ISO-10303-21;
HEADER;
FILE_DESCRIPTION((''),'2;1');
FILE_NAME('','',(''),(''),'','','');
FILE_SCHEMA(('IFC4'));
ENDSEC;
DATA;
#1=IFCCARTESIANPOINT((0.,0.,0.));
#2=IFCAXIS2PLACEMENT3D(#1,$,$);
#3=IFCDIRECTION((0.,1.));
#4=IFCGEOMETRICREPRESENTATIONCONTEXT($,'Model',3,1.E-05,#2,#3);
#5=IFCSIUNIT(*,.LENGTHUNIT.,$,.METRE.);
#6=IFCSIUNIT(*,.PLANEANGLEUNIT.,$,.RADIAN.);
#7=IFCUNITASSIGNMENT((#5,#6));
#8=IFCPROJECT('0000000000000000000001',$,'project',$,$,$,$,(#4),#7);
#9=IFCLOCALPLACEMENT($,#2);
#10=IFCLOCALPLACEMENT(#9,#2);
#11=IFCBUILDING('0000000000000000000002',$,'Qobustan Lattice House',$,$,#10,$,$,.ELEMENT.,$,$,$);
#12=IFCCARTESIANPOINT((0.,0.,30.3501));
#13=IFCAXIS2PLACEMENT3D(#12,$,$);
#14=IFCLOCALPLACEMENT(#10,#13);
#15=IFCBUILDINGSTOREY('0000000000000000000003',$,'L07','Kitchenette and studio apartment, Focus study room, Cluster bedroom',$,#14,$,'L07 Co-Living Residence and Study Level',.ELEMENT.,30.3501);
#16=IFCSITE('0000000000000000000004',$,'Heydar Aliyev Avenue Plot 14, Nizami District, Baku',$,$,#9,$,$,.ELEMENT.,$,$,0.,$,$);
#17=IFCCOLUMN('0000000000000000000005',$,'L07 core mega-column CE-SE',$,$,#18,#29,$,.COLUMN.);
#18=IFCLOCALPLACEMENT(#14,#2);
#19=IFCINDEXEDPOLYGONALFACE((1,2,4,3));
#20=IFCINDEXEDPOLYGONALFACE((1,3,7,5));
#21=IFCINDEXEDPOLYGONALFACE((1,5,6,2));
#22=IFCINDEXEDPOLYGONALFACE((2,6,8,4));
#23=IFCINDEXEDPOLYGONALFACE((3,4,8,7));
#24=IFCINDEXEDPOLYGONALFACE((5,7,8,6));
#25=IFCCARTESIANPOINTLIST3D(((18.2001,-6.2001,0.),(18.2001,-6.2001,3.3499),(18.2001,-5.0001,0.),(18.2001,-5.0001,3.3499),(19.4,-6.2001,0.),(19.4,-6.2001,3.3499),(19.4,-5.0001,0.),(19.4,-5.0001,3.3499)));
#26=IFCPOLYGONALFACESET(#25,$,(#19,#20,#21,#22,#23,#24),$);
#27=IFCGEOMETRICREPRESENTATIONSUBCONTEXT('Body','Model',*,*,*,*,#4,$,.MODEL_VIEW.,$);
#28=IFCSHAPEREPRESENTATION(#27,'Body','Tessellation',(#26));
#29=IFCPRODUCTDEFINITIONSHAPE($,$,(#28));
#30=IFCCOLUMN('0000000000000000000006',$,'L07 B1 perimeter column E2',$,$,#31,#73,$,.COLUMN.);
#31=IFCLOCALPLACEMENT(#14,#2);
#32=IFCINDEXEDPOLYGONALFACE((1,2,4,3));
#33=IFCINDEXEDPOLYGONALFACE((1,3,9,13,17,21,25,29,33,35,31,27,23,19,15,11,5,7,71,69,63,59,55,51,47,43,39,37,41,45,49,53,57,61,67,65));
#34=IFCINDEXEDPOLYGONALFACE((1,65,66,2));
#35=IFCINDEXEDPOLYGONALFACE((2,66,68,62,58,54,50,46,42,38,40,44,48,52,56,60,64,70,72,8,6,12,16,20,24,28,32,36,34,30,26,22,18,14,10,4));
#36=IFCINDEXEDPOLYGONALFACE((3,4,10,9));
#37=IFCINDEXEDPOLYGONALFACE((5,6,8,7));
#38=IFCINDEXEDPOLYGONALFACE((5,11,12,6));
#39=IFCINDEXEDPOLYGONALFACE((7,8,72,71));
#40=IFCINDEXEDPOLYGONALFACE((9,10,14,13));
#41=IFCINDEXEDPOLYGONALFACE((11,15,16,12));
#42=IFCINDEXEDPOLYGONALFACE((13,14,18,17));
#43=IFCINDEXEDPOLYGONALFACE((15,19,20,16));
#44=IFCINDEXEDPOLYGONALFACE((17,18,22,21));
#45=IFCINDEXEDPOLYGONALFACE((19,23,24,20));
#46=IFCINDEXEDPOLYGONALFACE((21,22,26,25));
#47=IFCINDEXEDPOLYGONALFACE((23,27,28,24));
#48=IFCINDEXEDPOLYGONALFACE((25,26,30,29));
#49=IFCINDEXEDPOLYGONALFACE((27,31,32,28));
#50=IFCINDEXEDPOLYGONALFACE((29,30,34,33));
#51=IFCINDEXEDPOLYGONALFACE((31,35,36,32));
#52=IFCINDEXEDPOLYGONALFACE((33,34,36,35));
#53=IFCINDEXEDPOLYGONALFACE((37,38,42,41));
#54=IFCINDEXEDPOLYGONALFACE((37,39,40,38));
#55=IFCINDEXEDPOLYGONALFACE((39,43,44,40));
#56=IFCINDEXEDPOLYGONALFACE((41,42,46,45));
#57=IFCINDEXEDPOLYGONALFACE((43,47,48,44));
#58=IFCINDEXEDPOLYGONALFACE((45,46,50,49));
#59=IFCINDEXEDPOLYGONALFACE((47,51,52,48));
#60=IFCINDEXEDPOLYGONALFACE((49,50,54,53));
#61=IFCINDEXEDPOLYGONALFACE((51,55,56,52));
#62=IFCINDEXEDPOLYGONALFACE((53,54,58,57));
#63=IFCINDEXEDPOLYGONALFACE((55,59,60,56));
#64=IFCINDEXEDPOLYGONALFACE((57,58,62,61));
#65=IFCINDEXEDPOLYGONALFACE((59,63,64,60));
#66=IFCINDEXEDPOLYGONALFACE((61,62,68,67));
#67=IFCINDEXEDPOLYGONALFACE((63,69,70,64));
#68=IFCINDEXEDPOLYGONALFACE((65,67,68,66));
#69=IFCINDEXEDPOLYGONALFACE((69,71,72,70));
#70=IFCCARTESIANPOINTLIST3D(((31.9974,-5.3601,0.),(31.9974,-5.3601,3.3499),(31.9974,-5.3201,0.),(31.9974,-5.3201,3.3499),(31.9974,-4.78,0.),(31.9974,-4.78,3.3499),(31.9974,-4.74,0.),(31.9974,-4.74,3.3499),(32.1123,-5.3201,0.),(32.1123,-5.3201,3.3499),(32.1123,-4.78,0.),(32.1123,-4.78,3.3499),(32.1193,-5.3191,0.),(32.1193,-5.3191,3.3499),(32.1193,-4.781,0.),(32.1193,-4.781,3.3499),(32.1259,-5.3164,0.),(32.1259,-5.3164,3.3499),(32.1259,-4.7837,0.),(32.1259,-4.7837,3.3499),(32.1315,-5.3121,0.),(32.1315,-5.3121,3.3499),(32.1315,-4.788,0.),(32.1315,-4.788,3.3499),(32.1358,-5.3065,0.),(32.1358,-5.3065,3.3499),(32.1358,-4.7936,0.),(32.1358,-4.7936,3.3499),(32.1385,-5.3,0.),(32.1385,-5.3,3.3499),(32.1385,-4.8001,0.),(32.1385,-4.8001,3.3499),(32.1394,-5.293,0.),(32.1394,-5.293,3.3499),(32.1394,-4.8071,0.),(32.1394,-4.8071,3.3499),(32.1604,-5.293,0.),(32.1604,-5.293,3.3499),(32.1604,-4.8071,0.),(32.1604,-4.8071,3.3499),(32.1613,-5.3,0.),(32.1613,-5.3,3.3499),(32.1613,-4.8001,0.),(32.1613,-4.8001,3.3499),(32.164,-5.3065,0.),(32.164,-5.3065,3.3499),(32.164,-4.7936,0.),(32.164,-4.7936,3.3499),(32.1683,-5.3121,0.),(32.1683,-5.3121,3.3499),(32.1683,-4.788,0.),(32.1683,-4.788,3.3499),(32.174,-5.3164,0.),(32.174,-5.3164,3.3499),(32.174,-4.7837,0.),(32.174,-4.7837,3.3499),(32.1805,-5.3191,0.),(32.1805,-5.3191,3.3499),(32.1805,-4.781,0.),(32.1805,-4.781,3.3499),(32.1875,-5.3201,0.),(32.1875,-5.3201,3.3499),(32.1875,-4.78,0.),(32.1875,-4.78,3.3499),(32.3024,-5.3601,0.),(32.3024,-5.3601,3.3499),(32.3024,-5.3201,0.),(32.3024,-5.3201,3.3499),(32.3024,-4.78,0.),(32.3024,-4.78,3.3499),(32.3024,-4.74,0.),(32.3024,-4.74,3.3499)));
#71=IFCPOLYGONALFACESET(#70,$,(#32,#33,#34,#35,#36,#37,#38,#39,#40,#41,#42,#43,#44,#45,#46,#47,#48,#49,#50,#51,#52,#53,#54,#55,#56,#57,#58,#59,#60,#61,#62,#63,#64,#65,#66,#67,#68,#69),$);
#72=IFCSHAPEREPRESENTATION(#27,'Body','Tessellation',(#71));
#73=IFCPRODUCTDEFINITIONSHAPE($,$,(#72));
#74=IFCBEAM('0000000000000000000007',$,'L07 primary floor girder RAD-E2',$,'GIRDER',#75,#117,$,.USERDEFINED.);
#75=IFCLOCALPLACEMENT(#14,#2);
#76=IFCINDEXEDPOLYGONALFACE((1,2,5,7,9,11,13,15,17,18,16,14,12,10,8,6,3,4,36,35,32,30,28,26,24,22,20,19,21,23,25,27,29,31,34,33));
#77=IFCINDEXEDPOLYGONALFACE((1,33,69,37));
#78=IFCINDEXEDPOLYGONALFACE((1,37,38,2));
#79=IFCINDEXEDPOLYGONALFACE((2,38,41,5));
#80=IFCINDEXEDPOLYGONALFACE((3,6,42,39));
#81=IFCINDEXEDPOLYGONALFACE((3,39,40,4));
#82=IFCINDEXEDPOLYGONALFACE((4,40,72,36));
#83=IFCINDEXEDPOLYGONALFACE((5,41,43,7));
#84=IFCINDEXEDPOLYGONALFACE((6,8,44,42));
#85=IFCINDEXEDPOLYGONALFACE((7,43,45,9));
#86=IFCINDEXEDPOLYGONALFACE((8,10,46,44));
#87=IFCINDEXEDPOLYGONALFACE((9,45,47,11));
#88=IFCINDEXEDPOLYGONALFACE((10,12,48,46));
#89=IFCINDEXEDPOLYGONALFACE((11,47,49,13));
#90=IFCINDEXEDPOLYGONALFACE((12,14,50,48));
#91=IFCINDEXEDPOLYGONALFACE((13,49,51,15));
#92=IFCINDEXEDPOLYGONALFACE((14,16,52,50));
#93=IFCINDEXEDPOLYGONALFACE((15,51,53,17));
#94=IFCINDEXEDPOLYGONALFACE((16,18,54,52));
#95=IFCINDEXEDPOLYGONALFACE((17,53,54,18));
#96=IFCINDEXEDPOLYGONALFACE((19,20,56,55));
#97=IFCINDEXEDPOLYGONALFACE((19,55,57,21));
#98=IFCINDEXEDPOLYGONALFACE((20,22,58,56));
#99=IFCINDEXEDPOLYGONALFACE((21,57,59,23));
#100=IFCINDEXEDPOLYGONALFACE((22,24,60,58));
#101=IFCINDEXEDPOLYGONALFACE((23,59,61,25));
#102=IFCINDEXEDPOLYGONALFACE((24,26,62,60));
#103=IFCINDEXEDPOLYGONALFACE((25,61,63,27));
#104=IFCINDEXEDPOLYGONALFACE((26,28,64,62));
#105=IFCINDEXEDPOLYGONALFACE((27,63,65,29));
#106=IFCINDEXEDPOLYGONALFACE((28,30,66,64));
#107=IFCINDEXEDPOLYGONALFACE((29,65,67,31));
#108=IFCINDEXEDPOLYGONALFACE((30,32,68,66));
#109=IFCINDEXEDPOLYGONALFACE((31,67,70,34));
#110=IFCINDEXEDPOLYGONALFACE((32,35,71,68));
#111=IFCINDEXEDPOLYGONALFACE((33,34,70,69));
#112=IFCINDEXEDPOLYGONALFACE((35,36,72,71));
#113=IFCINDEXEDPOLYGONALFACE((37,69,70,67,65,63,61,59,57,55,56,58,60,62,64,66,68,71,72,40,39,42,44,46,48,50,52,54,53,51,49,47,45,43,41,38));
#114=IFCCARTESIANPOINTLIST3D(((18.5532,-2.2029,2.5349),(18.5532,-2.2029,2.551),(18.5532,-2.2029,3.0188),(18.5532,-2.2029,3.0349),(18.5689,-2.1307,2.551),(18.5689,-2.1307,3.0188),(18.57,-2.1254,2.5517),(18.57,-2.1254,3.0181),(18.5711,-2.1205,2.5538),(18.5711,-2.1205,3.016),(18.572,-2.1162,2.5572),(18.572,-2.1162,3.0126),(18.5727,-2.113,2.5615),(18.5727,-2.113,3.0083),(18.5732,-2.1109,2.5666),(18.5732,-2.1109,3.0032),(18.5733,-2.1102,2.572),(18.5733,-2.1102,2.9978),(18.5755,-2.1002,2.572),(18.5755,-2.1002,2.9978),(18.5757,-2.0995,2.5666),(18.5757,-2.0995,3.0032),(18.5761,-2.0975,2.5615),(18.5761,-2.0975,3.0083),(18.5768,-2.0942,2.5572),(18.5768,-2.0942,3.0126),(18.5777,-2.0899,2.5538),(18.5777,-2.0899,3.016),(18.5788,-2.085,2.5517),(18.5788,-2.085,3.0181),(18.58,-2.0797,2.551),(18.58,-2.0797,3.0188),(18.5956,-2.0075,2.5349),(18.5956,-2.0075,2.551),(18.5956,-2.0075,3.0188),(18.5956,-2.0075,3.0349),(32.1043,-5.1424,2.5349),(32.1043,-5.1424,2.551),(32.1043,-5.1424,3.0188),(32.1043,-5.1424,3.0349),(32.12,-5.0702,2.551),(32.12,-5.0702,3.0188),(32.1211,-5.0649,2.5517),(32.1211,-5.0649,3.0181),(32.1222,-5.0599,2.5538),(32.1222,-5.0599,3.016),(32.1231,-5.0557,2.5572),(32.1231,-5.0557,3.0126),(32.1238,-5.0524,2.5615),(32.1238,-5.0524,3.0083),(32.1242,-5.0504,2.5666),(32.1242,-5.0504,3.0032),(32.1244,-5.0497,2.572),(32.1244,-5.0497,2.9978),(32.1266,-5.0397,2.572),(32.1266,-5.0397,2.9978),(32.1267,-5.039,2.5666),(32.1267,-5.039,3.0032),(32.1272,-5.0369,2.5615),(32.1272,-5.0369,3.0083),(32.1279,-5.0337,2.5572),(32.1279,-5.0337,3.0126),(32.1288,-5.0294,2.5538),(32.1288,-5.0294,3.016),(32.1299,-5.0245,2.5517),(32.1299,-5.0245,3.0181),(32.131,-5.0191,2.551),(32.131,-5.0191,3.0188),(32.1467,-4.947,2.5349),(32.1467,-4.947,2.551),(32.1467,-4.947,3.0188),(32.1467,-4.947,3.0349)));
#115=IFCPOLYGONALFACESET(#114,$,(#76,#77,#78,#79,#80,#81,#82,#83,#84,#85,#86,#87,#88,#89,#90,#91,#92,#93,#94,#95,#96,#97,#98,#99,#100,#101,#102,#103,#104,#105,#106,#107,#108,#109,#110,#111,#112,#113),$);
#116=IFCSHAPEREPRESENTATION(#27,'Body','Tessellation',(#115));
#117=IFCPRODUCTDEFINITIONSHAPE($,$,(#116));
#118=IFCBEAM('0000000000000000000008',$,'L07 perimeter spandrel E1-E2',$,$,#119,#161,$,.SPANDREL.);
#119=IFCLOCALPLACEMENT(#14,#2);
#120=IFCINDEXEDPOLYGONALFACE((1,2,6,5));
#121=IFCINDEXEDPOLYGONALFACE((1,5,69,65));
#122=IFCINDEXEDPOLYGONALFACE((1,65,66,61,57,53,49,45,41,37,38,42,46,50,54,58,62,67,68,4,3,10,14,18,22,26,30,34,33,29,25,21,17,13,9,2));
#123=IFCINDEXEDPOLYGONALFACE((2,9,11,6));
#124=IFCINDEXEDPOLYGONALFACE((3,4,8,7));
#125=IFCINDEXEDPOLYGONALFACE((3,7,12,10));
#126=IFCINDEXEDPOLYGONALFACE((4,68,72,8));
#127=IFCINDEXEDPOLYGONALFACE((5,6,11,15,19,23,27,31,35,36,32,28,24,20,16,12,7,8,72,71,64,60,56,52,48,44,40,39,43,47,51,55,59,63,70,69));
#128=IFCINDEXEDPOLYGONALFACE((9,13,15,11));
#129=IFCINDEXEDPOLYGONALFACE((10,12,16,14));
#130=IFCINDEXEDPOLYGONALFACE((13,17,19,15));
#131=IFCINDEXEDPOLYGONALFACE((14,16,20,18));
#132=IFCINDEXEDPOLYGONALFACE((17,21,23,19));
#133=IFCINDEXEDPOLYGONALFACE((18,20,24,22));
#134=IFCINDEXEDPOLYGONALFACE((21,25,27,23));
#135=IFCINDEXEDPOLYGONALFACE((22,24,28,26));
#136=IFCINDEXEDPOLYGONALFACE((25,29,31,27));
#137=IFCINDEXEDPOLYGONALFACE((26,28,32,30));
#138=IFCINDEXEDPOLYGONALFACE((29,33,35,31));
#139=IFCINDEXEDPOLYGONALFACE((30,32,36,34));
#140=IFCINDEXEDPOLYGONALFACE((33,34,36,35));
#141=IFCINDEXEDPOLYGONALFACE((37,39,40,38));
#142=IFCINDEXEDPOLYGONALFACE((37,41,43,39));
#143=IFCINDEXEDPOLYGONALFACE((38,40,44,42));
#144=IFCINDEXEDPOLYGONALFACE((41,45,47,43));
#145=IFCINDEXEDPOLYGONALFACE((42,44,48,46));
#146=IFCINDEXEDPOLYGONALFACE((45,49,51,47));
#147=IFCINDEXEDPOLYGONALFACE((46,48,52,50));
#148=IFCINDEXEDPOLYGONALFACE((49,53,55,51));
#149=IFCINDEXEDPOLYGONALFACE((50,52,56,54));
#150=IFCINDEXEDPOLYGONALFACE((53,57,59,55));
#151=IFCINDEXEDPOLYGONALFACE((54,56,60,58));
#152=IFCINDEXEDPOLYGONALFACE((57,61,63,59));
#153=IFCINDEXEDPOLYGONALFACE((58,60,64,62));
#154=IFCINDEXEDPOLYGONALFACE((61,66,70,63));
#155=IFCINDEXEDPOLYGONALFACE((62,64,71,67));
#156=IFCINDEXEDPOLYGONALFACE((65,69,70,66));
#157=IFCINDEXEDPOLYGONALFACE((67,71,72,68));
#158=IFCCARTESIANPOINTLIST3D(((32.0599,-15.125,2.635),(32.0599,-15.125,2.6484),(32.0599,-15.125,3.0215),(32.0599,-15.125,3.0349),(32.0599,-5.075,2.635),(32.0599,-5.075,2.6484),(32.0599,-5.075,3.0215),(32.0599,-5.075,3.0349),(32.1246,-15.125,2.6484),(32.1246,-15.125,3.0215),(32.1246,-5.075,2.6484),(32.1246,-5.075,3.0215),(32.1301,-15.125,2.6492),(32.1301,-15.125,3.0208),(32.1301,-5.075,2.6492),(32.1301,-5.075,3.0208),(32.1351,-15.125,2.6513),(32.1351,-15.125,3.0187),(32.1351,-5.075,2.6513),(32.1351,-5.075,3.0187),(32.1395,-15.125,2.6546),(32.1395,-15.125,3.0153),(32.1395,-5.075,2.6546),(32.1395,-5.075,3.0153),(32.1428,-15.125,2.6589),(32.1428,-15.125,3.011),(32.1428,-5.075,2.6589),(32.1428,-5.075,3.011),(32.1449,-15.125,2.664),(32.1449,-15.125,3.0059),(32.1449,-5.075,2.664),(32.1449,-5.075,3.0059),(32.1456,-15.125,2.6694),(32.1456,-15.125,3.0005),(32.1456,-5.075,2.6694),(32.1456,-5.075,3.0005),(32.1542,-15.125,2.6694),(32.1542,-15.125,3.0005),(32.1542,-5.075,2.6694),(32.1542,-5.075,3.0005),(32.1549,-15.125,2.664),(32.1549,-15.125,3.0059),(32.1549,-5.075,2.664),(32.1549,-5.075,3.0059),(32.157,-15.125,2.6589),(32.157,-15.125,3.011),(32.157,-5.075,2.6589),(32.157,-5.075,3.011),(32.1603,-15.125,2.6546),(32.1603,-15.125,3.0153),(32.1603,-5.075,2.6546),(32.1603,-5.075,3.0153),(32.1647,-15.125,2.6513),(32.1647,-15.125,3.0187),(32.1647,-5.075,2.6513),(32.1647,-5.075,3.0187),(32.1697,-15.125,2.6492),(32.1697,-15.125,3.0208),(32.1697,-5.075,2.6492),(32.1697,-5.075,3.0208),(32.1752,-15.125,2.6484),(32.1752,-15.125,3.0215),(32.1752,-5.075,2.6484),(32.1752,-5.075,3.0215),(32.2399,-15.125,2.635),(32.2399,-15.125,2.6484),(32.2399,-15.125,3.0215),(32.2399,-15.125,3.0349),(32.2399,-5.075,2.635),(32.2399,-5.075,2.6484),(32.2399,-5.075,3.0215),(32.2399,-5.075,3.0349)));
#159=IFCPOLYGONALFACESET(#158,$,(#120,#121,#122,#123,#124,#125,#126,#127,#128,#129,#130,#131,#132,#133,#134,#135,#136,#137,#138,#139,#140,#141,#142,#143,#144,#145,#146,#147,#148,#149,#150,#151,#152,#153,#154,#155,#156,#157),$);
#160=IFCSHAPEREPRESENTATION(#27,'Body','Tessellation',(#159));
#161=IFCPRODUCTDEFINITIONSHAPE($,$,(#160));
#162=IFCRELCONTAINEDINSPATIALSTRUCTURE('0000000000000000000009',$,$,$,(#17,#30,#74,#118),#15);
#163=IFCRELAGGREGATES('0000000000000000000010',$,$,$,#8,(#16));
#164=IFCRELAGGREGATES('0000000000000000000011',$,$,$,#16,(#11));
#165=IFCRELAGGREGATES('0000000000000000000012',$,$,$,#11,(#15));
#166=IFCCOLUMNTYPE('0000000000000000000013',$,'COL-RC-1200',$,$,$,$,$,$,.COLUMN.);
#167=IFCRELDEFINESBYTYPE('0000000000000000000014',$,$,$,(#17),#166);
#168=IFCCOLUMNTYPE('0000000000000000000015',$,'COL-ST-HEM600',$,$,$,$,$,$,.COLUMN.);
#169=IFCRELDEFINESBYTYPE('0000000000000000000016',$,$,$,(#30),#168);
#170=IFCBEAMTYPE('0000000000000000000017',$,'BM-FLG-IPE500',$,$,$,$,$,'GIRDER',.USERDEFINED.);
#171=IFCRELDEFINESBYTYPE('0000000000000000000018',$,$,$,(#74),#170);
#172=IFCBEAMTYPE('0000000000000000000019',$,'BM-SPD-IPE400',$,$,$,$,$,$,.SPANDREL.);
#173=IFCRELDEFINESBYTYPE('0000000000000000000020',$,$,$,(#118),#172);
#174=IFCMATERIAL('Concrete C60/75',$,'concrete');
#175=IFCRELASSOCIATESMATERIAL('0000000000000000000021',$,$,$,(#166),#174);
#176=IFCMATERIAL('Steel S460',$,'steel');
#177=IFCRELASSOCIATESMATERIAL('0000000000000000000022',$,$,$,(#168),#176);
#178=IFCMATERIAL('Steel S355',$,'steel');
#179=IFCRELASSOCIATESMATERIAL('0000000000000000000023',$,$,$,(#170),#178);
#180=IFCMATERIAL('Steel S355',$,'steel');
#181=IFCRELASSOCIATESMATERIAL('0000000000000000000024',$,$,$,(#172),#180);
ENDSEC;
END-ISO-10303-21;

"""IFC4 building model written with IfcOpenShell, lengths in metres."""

from ifc_helpers import new_model, si_unit, direction, frame, origin, origin_2d, place, context, subcontext, project, spatial, rectangle, i_section, extrude, material, material_profile, profile_set, type_object, element, save


model = new_model("IFC4")

# Units and contexts
model_context = context("Model", 3, precision=1e-05, world=origin(), true_north=direction((0.0, 1.0)))
body_context = subcontext(model_context, "Body", "Model", "MODEL_VIEW")
ifc_project = project(units=[si_unit("LENGTHUNIT", "METRE"), si_unit("PLANEANGLEUNIT", "RADIAN")], contexts=[model_context])

# Site, building, storey
site_placement = place(None, origin())
site = spatial("IfcSite", under=ifc_project, at=site_placement, Name="Heydar Aliyev Avenue Plot 14, Nizami District, Baku", CompositionType="ELEMENT", RefElevation=0.0)
building_placement = place(site_placement, origin())
building = spatial("IfcBuilding", under=site, at=building_placement, Name="Qobustan Lattice House", CompositionType="ELEMENT")
storey_placement = place(building_placement, frame((0.0, 0.0, 30.3501)))
storey = spatial("IfcBuildingStorey", under=building, at=storey_placement, Name="L07", Description="Kitchenette and studio apartment, Focus study room, Cluster bedroom", LongName="L07 Co-Living Residence and Study Level", CompositionType="ELEMENT", Elevation=30.3501)

# Columns
ifc_material_1 = material(Name="Concrete C60/75", Category="concrete")
ifc_material_profile_1 = material_profile(ifc_material_1, rectangle(XDim=1.2, YDim=1.2, at=origin_2d()), Name="RC1200x1200")
ifc_profile_set_1 = profile_set([ifc_material_profile_1], Name="Concrete C60/75")
column_type_1 = type_object("IfcColumnType", Name="COL-RC-1200", PredefinedType="COLUMN", material=ifc_profile_set_1)
column_1_placement = place(storey_placement, frame((18.8, -5.6001, 0.0), z_axis=(0.0, 0.0, 1.0), x_axis=(1.0, 0.0, 0.0)))
element("IfcColumn", 1, at=column_1_placement, inside=storey, type_object=column_type_1, Name="L07 core mega-column CE-SE", PredefinedType="COLUMN", context=body_context, shape_type="SweptSolid", body=[
    extrude(rectangle(XDim=1.2, YDim=1.2, at=origin_2d()), origin(), (0.0, 0.0, 1.0), 3.3499),
])
ifc_material_2 = material(Name="Steel S460", Category="steel")
ifc_material_profile_2 = material_profile(ifc_material_2, i_section(OverallWidth=0.3049, OverallDepth=0.6201, WebThickness=0.021, FlangeThickness=0.04, FilletRadius=0.0271, at=origin_2d()), Name="HEM600")
ifc_profile_set_2 = profile_set([ifc_material_profile_2], Name="Steel S460")
column_type_2 = type_object("IfcColumnType", Name="COL-ST-HEM600", PredefinedType="COLUMN", material=ifc_profile_set_2)
column_2_placement = place(storey_placement, frame((32.1499, -5.05, 0.0), z_axis=(0.0, 0.0, 1.0), x_axis=(1.0, 0.0, 0.0)))
element("IfcColumn", 2, at=column_2_placement, inside=storey, type_object=column_type_2, Name="L07 B1 perimeter column E2", PredefinedType="COLUMN", context=body_context, shape_type="SweptSolid", body=[
    extrude(i_section(OverallWidth=0.3049, OverallDepth=0.6201, WebThickness=0.021, FlangeThickness=0.04, FilletRadius=0.0271, at=origin_2d()), origin(), (0.0, 0.0, 1.0), 3.3499),
])

# Beams
ifc_material_3 = material(Name="Steel S355", Category="steel")
ifc_material_profile_3 = material_profile(ifc_material_3, i_section(OverallWidth=0.2, OverallDepth=0.5, WebThickness=0.0103, FlangeThickness=0.0161, FilletRadius=0.021, at=origin_2d()), Name="IPE500")
ifc_profile_set_3 = profile_set([ifc_material_profile_3], Name="Steel S355")
beam_type_1 = type_object("IfcBeamType", Name="BM-FLG-IPE500", ElementType="GIRDER", PredefinedType="USERDEFINED", material=ifc_profile_set_3)
beam_1_placement = place(storey_placement, frame((32.1255, -5.0447, 2.7849), z_axis=(-0.977272, 0.211987, 0.0), x_axis=(-0.211987, -0.977272, 0.0)))
element("IfcBeam", 3, at=beam_1_placement, inside=storey, type_object=beam_type_1, Name="L07 primary floor girder RAD-E2", ObjectType="GIRDER", PredefinedType="USERDEFINED", context=body_context, shape_type="SweptSolid", body=[
    extrude(i_section(OverallWidth=0.2, OverallDepth=0.5, WebThickness=0.0103, FlangeThickness=0.0161, FilletRadius=0.021, at=origin_2d()), origin(), (0.0, 0.0, 1.0), 13.8662),
])
ifc_material_4 = material(Name="Steel S355", Category="steel")
ifc_material_profile_4 = material_profile(ifc_material_4, i_section(OverallWidth=0.1799, OverallDepth=0.3999, WebThickness=0.0085, FlangeThickness=0.0134, FilletRadius=0.021, at=origin_2d()), Name="IPE400")
ifc_profile_set_4 = profile_set([ifc_material_profile_4], Name="Steel S355")
beam_type_2 = type_object("IfcBeamType", Name="BM-SPD-IPE400", PredefinedType="SPANDREL", material=ifc_profile_set_4)
beam_2_placement = place(storey_placement, frame((32.1499, -15.125, 2.835), z_axis=(0.0, 1.0, 0.0), x_axis=(-1.0, 0.0, 0.0)))
element("IfcBeam", 4, at=beam_2_placement, inside=storey, type_object=beam_type_2, Name="L07 perimeter spandrel E1-E2", PredefinedType="SPANDREL", context=body_context, shape_type="SweptSolid", body=[
    extrude(i_section(OverallWidth=0.1799, OverallDepth=0.3999, WebThickness=0.0085, FlangeThickness=0.0134, FilletRadius=0.021, at=origin_2d()), origin(), (0.0, 0.0, 1.0), 10.05),
])

save(model, "model.ifc")
